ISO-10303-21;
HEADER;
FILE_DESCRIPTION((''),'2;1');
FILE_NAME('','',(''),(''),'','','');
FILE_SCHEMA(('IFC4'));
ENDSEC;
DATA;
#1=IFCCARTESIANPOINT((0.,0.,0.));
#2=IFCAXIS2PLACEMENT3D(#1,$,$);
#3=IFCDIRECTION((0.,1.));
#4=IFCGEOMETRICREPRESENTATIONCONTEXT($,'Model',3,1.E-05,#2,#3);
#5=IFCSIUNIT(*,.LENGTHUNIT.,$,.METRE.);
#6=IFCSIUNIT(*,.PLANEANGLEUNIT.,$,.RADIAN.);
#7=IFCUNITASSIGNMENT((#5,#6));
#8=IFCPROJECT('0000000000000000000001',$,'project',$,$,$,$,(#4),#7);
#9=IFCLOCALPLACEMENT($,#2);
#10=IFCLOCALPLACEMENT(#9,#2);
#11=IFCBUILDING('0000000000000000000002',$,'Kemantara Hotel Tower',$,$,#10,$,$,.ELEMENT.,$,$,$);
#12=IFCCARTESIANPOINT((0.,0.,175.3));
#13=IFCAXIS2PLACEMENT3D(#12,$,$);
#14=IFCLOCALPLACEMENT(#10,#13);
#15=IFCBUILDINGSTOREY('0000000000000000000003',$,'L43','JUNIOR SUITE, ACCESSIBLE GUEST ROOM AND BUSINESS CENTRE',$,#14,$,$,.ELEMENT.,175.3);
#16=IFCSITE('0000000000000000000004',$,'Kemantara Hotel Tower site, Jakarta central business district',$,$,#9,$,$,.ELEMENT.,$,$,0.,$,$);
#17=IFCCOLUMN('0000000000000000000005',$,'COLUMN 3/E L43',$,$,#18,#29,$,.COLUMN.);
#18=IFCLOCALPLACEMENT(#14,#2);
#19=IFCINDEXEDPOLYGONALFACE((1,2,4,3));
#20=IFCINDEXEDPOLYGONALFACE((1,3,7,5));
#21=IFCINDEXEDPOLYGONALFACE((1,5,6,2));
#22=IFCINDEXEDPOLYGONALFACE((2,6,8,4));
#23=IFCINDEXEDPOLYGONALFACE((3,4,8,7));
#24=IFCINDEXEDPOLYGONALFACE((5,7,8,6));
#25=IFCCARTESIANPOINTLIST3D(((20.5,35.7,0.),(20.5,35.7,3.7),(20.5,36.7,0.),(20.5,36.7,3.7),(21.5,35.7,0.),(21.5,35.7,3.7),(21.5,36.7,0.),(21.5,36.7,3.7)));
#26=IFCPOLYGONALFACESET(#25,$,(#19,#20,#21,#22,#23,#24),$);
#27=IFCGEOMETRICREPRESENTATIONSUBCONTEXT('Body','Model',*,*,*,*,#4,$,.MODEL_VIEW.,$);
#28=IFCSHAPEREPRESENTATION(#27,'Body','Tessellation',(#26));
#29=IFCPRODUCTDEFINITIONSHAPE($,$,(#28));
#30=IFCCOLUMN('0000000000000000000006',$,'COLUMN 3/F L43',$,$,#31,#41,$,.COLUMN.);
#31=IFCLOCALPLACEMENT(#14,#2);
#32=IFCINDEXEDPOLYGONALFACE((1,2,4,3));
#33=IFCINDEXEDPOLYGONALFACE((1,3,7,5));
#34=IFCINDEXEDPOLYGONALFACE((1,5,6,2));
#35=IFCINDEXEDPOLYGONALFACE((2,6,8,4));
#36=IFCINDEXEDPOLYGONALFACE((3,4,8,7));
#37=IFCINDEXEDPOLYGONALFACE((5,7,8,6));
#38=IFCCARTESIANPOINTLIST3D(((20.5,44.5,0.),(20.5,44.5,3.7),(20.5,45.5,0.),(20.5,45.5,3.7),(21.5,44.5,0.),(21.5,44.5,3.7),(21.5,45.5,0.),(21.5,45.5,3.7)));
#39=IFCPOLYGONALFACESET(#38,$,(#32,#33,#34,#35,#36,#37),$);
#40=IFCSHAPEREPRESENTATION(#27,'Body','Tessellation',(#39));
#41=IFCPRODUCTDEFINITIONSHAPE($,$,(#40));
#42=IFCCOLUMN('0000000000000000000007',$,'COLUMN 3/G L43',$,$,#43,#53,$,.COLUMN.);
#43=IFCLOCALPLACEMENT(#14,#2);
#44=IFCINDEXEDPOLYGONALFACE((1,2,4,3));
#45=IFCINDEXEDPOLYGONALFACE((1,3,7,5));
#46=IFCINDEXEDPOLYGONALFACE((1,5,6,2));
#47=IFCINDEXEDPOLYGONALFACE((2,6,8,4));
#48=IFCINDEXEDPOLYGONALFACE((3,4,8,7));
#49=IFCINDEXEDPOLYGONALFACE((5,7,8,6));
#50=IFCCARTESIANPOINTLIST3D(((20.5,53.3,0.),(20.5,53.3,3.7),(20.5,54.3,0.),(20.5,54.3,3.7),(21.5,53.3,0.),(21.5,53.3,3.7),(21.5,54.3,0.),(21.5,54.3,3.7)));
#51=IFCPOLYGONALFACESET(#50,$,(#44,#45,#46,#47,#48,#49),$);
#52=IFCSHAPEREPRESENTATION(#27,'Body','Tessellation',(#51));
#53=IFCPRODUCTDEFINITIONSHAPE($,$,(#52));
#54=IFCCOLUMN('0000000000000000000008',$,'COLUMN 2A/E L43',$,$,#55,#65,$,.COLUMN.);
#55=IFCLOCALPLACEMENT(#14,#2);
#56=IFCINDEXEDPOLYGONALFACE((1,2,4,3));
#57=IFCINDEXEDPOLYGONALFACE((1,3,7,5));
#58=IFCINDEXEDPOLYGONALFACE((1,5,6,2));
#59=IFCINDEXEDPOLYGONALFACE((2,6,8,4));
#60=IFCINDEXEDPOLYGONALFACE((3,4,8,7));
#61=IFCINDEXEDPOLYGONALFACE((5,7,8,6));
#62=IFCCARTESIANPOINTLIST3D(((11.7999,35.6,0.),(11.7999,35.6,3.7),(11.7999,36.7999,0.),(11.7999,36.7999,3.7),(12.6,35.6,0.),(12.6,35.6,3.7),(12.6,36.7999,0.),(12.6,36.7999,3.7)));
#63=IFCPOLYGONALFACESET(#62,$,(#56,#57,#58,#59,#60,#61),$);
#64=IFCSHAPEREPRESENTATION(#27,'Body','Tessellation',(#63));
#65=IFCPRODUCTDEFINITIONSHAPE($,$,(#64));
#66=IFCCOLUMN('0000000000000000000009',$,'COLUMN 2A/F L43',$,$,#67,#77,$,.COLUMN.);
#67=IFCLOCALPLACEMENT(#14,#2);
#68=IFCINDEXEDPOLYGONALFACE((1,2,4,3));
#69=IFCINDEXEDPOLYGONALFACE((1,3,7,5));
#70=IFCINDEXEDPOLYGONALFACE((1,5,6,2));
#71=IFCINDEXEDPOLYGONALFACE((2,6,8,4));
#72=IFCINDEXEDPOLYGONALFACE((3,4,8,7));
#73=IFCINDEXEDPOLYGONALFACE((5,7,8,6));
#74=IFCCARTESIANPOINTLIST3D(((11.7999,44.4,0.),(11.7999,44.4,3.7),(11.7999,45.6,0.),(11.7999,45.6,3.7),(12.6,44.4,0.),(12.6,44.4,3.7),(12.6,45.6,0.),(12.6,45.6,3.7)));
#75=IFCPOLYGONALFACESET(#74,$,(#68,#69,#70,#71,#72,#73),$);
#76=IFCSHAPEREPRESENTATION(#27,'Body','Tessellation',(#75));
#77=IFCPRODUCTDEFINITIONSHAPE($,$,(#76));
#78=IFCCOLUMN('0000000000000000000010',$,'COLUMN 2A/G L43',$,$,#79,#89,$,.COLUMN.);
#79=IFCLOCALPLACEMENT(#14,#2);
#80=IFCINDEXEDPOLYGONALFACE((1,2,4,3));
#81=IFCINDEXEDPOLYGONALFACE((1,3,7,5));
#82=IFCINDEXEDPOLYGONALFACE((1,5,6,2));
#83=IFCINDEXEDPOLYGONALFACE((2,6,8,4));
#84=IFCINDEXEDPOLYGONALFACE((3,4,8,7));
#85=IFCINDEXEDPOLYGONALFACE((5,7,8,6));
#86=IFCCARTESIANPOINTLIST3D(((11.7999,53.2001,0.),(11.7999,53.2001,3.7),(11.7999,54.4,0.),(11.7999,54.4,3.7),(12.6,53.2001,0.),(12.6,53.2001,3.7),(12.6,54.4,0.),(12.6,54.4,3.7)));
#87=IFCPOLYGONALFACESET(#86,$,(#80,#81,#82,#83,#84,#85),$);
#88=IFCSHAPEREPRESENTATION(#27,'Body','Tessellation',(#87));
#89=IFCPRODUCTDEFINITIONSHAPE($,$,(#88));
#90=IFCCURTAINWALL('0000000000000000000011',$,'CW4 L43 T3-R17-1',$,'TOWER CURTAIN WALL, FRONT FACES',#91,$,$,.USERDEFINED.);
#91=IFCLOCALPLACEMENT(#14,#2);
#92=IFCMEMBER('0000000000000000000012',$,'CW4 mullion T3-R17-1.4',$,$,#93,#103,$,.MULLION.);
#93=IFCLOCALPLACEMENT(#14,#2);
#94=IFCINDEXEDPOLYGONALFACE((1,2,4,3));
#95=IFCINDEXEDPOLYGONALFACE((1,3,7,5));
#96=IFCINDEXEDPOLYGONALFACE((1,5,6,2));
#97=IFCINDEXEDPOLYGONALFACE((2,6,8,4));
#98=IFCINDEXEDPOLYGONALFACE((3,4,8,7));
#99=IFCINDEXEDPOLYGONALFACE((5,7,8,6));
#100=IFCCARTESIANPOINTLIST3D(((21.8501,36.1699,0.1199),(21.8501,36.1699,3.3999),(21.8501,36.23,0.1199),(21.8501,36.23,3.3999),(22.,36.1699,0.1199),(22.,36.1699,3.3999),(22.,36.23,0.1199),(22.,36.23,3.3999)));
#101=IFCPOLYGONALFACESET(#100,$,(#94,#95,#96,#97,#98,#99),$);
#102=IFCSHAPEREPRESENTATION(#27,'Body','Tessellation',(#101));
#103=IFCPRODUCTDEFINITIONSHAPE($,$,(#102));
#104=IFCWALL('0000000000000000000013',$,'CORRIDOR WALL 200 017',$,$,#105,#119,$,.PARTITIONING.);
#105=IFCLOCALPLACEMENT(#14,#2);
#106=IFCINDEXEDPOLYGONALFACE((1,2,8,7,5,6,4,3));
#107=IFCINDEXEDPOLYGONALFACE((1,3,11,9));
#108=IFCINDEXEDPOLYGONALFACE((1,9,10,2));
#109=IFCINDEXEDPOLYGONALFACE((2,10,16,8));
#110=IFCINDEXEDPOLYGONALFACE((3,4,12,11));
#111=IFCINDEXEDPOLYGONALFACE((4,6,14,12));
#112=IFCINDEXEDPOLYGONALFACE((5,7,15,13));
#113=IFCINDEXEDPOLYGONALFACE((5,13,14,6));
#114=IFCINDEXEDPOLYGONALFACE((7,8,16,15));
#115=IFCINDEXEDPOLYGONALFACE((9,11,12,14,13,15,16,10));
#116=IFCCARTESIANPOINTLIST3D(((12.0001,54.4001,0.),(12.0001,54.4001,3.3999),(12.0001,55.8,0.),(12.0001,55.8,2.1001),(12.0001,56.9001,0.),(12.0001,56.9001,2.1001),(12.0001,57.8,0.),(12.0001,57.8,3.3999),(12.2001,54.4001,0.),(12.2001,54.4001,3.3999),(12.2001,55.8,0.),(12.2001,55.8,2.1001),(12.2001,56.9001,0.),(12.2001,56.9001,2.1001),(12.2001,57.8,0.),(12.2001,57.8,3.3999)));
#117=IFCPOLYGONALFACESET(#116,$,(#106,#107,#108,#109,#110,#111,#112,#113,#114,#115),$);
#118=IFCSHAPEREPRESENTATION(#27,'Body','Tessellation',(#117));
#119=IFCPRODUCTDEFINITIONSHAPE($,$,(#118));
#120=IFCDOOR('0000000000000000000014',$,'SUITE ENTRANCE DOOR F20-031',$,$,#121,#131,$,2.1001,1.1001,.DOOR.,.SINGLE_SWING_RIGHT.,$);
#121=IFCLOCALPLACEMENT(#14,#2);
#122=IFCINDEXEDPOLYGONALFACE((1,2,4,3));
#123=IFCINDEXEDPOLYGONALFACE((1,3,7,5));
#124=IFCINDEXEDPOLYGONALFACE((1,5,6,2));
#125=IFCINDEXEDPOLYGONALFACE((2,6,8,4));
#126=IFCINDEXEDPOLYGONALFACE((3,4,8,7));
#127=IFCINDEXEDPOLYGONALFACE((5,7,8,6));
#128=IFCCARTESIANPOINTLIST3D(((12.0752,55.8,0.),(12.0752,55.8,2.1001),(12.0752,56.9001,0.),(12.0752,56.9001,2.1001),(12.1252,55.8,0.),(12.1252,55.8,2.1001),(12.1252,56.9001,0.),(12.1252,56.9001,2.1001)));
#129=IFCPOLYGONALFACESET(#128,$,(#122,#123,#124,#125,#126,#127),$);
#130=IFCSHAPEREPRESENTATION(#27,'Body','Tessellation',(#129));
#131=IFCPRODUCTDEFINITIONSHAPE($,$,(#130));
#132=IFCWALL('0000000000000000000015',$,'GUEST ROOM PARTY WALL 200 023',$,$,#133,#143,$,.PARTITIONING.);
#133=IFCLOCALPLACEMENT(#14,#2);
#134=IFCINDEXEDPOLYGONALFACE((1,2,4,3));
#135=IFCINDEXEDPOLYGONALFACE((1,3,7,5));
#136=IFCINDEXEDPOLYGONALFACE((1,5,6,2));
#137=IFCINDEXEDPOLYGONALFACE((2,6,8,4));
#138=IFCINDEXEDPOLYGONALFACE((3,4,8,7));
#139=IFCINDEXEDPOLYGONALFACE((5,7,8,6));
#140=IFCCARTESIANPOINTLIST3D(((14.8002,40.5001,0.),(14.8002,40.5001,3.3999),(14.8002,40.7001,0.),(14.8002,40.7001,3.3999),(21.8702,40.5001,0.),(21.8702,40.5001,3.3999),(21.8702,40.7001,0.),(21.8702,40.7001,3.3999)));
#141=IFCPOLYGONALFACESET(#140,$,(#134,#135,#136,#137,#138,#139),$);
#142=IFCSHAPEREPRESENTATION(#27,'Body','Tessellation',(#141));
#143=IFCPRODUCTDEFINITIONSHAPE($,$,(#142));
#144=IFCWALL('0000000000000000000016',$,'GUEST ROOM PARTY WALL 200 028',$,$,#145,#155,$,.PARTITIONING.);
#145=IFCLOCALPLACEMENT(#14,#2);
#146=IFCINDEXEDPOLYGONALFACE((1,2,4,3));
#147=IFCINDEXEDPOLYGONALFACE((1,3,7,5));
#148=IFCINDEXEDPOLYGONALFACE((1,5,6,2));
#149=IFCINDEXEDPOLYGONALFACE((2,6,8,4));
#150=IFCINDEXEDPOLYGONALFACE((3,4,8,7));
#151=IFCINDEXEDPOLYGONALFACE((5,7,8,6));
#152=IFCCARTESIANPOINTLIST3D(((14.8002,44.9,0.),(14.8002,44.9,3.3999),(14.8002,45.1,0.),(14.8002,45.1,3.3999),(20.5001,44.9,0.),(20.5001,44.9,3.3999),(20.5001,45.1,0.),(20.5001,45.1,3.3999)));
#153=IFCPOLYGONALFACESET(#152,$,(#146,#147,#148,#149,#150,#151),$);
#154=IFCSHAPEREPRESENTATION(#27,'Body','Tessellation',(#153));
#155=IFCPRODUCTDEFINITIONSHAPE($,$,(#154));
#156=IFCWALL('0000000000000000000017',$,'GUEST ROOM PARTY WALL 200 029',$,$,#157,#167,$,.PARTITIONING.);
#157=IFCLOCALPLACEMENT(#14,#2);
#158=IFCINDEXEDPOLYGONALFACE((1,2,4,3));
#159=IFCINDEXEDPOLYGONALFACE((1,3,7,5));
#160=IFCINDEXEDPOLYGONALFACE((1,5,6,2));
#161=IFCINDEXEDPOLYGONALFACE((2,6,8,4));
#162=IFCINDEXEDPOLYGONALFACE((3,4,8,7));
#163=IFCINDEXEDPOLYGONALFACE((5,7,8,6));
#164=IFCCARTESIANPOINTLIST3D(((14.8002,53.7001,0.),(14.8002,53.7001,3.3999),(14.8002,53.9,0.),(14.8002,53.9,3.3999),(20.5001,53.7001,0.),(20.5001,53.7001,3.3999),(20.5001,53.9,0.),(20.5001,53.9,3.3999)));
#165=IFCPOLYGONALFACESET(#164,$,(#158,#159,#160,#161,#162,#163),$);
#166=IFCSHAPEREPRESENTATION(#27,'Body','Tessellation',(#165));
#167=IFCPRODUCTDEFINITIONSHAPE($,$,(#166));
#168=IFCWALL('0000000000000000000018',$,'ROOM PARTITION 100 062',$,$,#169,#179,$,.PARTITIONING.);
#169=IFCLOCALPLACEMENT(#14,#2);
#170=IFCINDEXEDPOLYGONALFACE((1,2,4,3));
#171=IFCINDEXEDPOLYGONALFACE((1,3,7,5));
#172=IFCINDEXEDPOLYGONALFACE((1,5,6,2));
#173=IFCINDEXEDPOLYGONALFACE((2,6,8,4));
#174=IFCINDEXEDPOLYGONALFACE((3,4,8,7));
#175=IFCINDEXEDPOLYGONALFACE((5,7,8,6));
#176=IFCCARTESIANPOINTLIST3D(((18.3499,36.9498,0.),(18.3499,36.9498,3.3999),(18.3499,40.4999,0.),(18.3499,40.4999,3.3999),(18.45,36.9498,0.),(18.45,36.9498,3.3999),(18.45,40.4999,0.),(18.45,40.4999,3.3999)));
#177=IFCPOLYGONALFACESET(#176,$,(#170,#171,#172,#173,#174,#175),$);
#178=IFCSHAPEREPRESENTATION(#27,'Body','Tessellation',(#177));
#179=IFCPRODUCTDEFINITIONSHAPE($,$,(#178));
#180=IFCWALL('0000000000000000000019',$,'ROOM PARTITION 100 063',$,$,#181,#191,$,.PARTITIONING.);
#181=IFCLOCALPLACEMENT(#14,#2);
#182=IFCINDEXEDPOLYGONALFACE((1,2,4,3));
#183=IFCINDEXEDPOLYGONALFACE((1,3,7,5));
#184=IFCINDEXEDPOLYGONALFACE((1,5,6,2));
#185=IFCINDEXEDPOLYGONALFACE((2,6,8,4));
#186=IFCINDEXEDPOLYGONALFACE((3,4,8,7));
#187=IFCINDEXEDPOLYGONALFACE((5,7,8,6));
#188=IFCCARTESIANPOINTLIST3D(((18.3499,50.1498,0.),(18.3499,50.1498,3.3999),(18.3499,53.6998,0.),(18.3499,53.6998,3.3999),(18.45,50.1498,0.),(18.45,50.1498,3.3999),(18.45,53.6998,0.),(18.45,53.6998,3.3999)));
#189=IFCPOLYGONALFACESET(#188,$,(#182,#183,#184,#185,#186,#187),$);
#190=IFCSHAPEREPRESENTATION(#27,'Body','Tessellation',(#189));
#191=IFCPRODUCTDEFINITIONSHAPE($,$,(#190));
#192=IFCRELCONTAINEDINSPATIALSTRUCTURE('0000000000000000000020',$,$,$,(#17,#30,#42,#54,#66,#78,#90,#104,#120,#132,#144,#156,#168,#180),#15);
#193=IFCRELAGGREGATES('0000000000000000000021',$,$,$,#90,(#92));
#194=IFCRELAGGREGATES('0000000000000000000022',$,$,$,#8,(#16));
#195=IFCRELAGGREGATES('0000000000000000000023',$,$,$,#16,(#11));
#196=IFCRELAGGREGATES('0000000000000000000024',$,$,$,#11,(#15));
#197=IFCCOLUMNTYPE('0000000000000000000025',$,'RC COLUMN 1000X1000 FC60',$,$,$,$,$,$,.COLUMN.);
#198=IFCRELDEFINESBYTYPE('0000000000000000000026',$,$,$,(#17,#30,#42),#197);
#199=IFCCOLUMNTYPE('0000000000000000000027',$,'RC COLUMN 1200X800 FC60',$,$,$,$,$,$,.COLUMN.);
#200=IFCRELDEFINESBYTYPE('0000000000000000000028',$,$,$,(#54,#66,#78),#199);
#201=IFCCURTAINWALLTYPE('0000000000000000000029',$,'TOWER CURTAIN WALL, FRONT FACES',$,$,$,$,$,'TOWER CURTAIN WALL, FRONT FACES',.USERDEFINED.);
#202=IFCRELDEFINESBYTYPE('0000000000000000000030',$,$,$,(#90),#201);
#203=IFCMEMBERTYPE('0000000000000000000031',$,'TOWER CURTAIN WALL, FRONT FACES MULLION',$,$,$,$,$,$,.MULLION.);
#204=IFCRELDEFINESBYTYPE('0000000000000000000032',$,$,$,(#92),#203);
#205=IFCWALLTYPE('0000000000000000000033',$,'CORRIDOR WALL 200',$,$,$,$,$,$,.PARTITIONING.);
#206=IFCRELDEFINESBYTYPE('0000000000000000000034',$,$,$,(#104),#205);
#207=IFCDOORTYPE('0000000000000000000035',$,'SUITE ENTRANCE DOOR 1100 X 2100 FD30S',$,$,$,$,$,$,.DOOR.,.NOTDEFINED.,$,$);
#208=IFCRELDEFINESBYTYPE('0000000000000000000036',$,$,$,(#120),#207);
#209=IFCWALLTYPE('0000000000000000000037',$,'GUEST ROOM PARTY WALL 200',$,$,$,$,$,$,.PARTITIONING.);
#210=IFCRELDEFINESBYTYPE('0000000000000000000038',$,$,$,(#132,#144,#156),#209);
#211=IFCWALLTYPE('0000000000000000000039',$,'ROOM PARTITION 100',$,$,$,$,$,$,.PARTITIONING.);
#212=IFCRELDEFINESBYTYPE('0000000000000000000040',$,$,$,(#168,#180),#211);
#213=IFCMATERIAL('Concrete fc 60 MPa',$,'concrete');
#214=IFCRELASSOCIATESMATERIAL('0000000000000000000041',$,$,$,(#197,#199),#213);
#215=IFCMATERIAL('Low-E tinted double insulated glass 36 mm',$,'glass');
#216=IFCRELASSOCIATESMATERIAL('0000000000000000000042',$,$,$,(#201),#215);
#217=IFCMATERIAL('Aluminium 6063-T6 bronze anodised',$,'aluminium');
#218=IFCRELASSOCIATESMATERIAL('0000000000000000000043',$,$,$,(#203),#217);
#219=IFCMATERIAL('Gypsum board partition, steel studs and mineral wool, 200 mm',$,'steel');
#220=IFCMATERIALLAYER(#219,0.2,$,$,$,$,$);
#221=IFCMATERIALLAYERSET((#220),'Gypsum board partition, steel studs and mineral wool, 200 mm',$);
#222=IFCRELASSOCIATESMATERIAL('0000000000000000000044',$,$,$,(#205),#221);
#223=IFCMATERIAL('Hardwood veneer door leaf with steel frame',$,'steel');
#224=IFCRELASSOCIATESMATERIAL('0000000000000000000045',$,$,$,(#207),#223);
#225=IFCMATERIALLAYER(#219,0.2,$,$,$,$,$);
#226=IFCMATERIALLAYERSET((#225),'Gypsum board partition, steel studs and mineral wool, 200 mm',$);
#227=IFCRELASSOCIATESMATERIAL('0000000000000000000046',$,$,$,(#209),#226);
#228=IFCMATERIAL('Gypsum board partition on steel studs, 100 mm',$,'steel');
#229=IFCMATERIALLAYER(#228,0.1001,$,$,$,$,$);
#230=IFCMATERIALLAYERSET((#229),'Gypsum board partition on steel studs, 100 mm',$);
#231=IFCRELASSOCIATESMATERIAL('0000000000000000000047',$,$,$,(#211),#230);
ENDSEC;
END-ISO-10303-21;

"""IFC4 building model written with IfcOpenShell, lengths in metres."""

from ifc_helpers import new_model, si_unit, direction, frame, frame_2d, origin, origin_2d, place, context, subcontext, project, spatial, rectangle, extrude, source, transform, mapped, material, layer, layer_set, material_profile, profile_set, type_object, element, fill, aggregate, save


model = new_model("IFC4")

# Units and contexts
model_context = context("Model", 3, precision=1e-05, world=origin(), true_north=direction((0.0, 1.0)))
body_context = subcontext(model_context, "Body", "Model", "MODEL_VIEW")
ifc_project = project(units=[si_unit("LENGTHUNIT", "METRE"), si_unit("PLANEANGLEUNIT", "RADIAN")], contexts=[model_context])

# Site, building, storey
site_placement = place(None, origin())
site = spatial("IfcSite", under=ifc_project, at=site_placement, Name="Kemantara Hotel Tower site, Jakarta central business district", CompositionType="ELEMENT", RefElevation=0.0)
building_placement = place(site_placement, origin())
building = spatial("IfcBuilding", under=site, at=building_placement, Name="Kemantara Hotel Tower", CompositionType="ELEMENT")
storey_placement = place(building_placement, frame((0.0, 0.0, 175.3)))
storey = spatial("IfcBuildingStorey", under=building, at=storey_placement, Name="L43", Description="JUNIOR SUITE, ACCESSIBLE GUEST ROOM AND BUSINESS CENTRE", CompositionType="ELEMENT", Elevation=175.3)

# Columns
ifc_material_1 = material(Name="Concrete fc 60 MPa", Category="concrete")
ifc_material_profile_1 = material_profile(ifc_material_1, rectangle(XDim=1.0, YDim=1.0, at=origin_2d()), Name="RC 1000X1000")
ifc_profile_set_1 = profile_set([ifc_material_profile_1], Name="Concrete fc 60 MPa")
column_type_1 = type_object("IfcColumnType", Name="RC COLUMN 1000X1000 FC60", PredefinedType="COLUMN", material=ifc_profile_set_1)
for number, where, z_axis, x_axis, name in (
    (1, (21.0, 36.2, 0.0), (0.0, 0.0, 1.0), (1.0, 0.0, 0.0), "COLUMN 3/E L43"),
    (2, (21.0, 45.0, 0.0), (0.0, 0.0, 1.0), (1.0, 0.0, 0.0), "COLUMN 3/F L43"),
    (3, (21.0, 53.8, 0.0), (0.0, 0.0, 1.0), (1.0, 0.0, 0.0), "COLUMN 3/G L43"),
):
    element("IfcColumn", number, at=place(storey_placement, frame(where, z_axis=z_axis, x_axis=x_axis)), inside=storey, type_object=column_type_1, Name=name, PredefinedType="COLUMN", context=body_context, shape_type="SweptSolid", body=[
        extrude(rectangle(XDim=1.0, YDim=1.0, at=origin_2d()), origin(), (0.0, 0.0, 1.0), 3.7),
    ])
ifc_material_profile_2 = material_profile(ifc_material_1, rectangle(XDim=1.2, YDim=0.8, at=origin_2d()), Name="RC 1200X800")
ifc_profile_set_2 = profile_set([ifc_material_profile_2], Name="Concrete fc 60 MPa")
column_type_2 = type_object("IfcColumnType", Name="RC COLUMN 1200X800 FC60", PredefinedType="COLUMN", material=ifc_profile_set_2)
for number, where, z_axis, x_axis, name in (
    (4, (12.2, 36.2, 0.0), (0.0, 0.0, 1.0), (0.0, 1.0, 0.0), "COLUMN 2A/E L43"),
    (5, (12.2, 45.0, 0.0), (0.0, 0.0, 1.0), (0.0, 1.0, 0.0), "COLUMN 2A/F L43"),
    (6, (12.2, 53.8, 0.0), (0.0, 0.0, 1.0), (0.0, 1.0, 0.0), "COLUMN 2A/G L43"),
):
    element("IfcColumn", number, at=place(storey_placement, frame(where, z_axis=z_axis, x_axis=x_axis)), inside=storey, type_object=column_type_2, Name=name, PredefinedType="COLUMN", context=body_context, shape_type="SweptSolid", body=[
        extrude(rectangle(XDim=1.2, YDim=0.8, at=origin_2d()), origin(), (0.0, 0.0, 1.0), 3.7),
    ])

# Curtain wall, member
ifc_material_2 = material(Name="Low-E tinted double insulated glass 36 mm", Category="glass")
curtain_wall_type = type_object("IfcCurtainWallType", Name="TOWER CURTAIN WALL, FRONT FACES", ElementType="TOWER CURTAIN WALL, FRONT FACES", PredefinedType="USERDEFINED", material=ifc_material_2)
curtain_wall_placement = place(storey_placement, origin())
curtain_wall = element("IfcCurtainWall", 7, at=curtain_wall_placement, inside=storey, type_object=curtain_wall_type, Name="CW4 L43 T3-R17-1", ObjectType="TOWER CURTAIN WALL, FRONT FACES", PredefinedType="USERDEFINED")
ifc_material_3 = material(Name="Aluminium 6063-T6 bronze anodised", Category="aluminium")
ifc_material_profile_3 = material_profile(ifc_material_3, rectangle(XDim=0.1499, YDim=0.0601, at=origin_2d()), Name="TOWER CURTAIN WALL, FRONT FACES MULLION")
ifc_profile_set_3 = profile_set([ifc_material_profile_3], Name="Aluminium 6063-T6 bronze anodised")
member_type = type_object("IfcMemberType", Name="TOWER CURTAIN WALL, FRONT FACES MULLION", PredefinedType="MULLION", material=ifc_profile_set_3)
shared_shape = source(origin(), body_context, "Body", "SweptSolid", [
    extrude(rectangle(XDim=0.1499, YDim=0.0601, at=origin_2d()), origin(), (0.0, 0.0, 1.0), 3.28),
])
member_placement = place(storey_placement, frame((21.925, 36.2, 0.1199), z_axis=(0.0, 0.0, 1.0), x_axis=(-1.0, 0.0, 0.0)))
member = element("IfcMember", 8, at=member_placement, type_object=member_type, Name="CW4 mullion T3-R17-1.4", PredefinedType="MULLION", context=body_context, shape_type="MappedRepresentation", body=[
    mapped(shared_shape, transform((0.0, 0.0, 0.0))),
])
aggregate(curtain_wall, [member])

# Wall, opening, door
ifc_material_4 = material(Name="Gypsum board partition, steel studs and mineral wool, 200 mm", Category="steel")
ifc_layer_1 = layer(ifc_material_4, 0.2)
ifc_layer_set_1 = layer_set([ifc_layer_1], Name="Gypsum board partition, steel studs and mineral wool, 200 mm")
wall_type_1 = type_object("IfcWallType", Name="CORRIDOR WALL 200", PredefinedType="PARTITIONING", material=ifc_layer_set_1)
wall_1_placement = place(storey_placement, frame((12.1001, 54.4001, 0.0), z_axis=(0.0, 0.0, 1.0), x_axis=(0.0, 1.0, 0.0)))
wall_1 = element("IfcWall", 9, at=wall_1_placement, inside=storey, type_object=wall_type_1, Name="CORRIDOR WALL 200 017", PredefinedType="PARTITIONING", context=body_context, shape_type="SweptSolid", body=[
    extrude(rectangle(XDim=3.3999, YDim=0.2, at=frame_2d((1.7, 0.0))), origin(), (0.0, 0.0, 1.0), 3.3999),
])
opening_1_placement = place(wall_1_placement, frame((1.3999, 0.0, 0.0)))
opening_1 = element("IfcOpeningElement", 10, at=opening_1_placement, cuts=wall_1, PredefinedType="OPENING", context=body_context, shape_type="SweptSolid", body=[
    extrude(rectangle(XDim=1.1001, YDim=2.1001, at=frame_2d((0.55, 1.05))), frame((0.0, 0.1099, 0.0), z_axis=(0.0, -1.0, 0.0), x_axis=(1.0, 0.0, 0.0)), (0.0, 0.0, 1.0), 0.22),
])
ifc_material_5 = material(Name="Hardwood veneer door leaf with steel frame", Category="steel")
door_type_1 = type_object("IfcDoorType", Name="SUITE ENTRANCE DOOR 1100 X 2100 FD30S", OperationType="NOTDEFINED", PredefinedType="DOOR", material=ifc_material_5)
door_1_placement = place(opening_1_placement, origin())
door_1 = element("IfcDoor", 11, at=door_1_placement, inside=storey, type_object=door_type_1, Name="SUITE ENTRANCE DOOR F20-031", OperationType="SINGLE_SWING_RIGHT", OverallHeight=2.1001, OverallWidth=1.1001, PredefinedType="DOOR", context=body_context, shape_type="SweptSolid", body=[
    extrude(rectangle(XDim=1.1001, YDim=2.1001, at=frame_2d((0.55, 1.05))), frame((0.0, 0.0249, 0.0), z_axis=(0.0, -1.0, 0.0), x_axis=(1.0, 0.0, 0.0)), (0.0, 0.0, 1.0), 0.05),
])
fill(opening_1, door_1)

# Walls
ifc_layer_2 = layer(ifc_material_4, 0.2)
ifc_layer_set_2 = layer_set([ifc_layer_2], Name="Gypsum board partition, steel studs and mineral wool, 200 mm")
wall_type_2 = type_object("IfcWallType", Name="GUEST ROOM PARTY WALL 200", PredefinedType="PARTITIONING", material=ifc_layer_set_2)
wall_2_placement = place(storey_placement, frame((14.8, 40.6001, 0.0), z_axis=(0.0, 0.0, 1.0), x_axis=(1.0, 0.0, 0.0)))
element("IfcWall", 12, at=wall_2_placement, inside=storey, type_object=wall_type_2, Name="GUEST ROOM PARTY WALL 200 023", PredefinedType="PARTITIONING", context=body_context, shape_type="SweptSolid", body=[
    extrude(rectangle(XDim=7.0701, YDim=0.2, at=frame_2d((3.5352, 0.0))), origin(), (0.0, 0.0, 1.0), 3.3999),
])
for number, where, z_axis, x_axis, name in (
    (13, (14.8, 45.0, 0.0), (0.0, 0.0, 1.0), (1.0, 0.0, 0.0), "GUEST ROOM PARTY WALL 200 028"),
    (14, (14.8, 53.8, 0.0), (0.0, 0.0, 1.0), (1.0, 0.0, 0.0), "GUEST ROOM PARTY WALL 200 029"),
):
    element("IfcWall", number, at=place(storey_placement, frame(where, z_axis=z_axis, x_axis=x_axis)), inside=storey, type_object=wall_type_2, Name=name, PredefinedType="PARTITIONING", context=body_context, shape_type="SweptSolid", body=[
        extrude(rectangle(XDim=5.7, YDim=0.2, at=frame_2d((2.8501, 0.0))), origin(), (0.0, 0.0, 1.0), 3.3999),
    ])
ifc_material_6 = material(Name="Gypsum board partition on steel studs, 100 mm", Category="steel")
ifc_layer_3 = layer(ifc_material_6, 0.1001)
ifc_layer_set_3 = layer_set([ifc_layer_3], Name="Gypsum board partition on steel studs, 100 mm")
wall_type_3 = type_object("IfcWallType", Name="ROOM PARTITION 100", PredefinedType="PARTITIONING", material=ifc_layer_set_3)
for number, where, z_axis, x_axis, name in (
    (15, (18.3999, 36.95, 0.0), (0.0, 0.0, 1.0), (0.0, 1.0, 0.0), "ROOM PARTITION 100 062"),
    (16, (18.3999, 50.1499, 0.0), (0.0, 0.0, 1.0), (0.0, 1.0, 0.0), "ROOM PARTITION 100 063"),
):
    element("IfcWall", number, at=place(storey_placement, frame(where, z_axis=z_axis, x_axis=x_axis)), inside=storey, type_object=wall_type_3, Name=name, PredefinedType="PARTITIONING", context=body_context, shape_type="SweptSolid", body=[
        extrude(rectangle(XDim=3.55, YDim=0.1001, at=frame_2d((1.7749, 0.0))), origin(), (0.0, 0.0, 1.0), 3.3999),
    ])

save(model, "model.ifc")
